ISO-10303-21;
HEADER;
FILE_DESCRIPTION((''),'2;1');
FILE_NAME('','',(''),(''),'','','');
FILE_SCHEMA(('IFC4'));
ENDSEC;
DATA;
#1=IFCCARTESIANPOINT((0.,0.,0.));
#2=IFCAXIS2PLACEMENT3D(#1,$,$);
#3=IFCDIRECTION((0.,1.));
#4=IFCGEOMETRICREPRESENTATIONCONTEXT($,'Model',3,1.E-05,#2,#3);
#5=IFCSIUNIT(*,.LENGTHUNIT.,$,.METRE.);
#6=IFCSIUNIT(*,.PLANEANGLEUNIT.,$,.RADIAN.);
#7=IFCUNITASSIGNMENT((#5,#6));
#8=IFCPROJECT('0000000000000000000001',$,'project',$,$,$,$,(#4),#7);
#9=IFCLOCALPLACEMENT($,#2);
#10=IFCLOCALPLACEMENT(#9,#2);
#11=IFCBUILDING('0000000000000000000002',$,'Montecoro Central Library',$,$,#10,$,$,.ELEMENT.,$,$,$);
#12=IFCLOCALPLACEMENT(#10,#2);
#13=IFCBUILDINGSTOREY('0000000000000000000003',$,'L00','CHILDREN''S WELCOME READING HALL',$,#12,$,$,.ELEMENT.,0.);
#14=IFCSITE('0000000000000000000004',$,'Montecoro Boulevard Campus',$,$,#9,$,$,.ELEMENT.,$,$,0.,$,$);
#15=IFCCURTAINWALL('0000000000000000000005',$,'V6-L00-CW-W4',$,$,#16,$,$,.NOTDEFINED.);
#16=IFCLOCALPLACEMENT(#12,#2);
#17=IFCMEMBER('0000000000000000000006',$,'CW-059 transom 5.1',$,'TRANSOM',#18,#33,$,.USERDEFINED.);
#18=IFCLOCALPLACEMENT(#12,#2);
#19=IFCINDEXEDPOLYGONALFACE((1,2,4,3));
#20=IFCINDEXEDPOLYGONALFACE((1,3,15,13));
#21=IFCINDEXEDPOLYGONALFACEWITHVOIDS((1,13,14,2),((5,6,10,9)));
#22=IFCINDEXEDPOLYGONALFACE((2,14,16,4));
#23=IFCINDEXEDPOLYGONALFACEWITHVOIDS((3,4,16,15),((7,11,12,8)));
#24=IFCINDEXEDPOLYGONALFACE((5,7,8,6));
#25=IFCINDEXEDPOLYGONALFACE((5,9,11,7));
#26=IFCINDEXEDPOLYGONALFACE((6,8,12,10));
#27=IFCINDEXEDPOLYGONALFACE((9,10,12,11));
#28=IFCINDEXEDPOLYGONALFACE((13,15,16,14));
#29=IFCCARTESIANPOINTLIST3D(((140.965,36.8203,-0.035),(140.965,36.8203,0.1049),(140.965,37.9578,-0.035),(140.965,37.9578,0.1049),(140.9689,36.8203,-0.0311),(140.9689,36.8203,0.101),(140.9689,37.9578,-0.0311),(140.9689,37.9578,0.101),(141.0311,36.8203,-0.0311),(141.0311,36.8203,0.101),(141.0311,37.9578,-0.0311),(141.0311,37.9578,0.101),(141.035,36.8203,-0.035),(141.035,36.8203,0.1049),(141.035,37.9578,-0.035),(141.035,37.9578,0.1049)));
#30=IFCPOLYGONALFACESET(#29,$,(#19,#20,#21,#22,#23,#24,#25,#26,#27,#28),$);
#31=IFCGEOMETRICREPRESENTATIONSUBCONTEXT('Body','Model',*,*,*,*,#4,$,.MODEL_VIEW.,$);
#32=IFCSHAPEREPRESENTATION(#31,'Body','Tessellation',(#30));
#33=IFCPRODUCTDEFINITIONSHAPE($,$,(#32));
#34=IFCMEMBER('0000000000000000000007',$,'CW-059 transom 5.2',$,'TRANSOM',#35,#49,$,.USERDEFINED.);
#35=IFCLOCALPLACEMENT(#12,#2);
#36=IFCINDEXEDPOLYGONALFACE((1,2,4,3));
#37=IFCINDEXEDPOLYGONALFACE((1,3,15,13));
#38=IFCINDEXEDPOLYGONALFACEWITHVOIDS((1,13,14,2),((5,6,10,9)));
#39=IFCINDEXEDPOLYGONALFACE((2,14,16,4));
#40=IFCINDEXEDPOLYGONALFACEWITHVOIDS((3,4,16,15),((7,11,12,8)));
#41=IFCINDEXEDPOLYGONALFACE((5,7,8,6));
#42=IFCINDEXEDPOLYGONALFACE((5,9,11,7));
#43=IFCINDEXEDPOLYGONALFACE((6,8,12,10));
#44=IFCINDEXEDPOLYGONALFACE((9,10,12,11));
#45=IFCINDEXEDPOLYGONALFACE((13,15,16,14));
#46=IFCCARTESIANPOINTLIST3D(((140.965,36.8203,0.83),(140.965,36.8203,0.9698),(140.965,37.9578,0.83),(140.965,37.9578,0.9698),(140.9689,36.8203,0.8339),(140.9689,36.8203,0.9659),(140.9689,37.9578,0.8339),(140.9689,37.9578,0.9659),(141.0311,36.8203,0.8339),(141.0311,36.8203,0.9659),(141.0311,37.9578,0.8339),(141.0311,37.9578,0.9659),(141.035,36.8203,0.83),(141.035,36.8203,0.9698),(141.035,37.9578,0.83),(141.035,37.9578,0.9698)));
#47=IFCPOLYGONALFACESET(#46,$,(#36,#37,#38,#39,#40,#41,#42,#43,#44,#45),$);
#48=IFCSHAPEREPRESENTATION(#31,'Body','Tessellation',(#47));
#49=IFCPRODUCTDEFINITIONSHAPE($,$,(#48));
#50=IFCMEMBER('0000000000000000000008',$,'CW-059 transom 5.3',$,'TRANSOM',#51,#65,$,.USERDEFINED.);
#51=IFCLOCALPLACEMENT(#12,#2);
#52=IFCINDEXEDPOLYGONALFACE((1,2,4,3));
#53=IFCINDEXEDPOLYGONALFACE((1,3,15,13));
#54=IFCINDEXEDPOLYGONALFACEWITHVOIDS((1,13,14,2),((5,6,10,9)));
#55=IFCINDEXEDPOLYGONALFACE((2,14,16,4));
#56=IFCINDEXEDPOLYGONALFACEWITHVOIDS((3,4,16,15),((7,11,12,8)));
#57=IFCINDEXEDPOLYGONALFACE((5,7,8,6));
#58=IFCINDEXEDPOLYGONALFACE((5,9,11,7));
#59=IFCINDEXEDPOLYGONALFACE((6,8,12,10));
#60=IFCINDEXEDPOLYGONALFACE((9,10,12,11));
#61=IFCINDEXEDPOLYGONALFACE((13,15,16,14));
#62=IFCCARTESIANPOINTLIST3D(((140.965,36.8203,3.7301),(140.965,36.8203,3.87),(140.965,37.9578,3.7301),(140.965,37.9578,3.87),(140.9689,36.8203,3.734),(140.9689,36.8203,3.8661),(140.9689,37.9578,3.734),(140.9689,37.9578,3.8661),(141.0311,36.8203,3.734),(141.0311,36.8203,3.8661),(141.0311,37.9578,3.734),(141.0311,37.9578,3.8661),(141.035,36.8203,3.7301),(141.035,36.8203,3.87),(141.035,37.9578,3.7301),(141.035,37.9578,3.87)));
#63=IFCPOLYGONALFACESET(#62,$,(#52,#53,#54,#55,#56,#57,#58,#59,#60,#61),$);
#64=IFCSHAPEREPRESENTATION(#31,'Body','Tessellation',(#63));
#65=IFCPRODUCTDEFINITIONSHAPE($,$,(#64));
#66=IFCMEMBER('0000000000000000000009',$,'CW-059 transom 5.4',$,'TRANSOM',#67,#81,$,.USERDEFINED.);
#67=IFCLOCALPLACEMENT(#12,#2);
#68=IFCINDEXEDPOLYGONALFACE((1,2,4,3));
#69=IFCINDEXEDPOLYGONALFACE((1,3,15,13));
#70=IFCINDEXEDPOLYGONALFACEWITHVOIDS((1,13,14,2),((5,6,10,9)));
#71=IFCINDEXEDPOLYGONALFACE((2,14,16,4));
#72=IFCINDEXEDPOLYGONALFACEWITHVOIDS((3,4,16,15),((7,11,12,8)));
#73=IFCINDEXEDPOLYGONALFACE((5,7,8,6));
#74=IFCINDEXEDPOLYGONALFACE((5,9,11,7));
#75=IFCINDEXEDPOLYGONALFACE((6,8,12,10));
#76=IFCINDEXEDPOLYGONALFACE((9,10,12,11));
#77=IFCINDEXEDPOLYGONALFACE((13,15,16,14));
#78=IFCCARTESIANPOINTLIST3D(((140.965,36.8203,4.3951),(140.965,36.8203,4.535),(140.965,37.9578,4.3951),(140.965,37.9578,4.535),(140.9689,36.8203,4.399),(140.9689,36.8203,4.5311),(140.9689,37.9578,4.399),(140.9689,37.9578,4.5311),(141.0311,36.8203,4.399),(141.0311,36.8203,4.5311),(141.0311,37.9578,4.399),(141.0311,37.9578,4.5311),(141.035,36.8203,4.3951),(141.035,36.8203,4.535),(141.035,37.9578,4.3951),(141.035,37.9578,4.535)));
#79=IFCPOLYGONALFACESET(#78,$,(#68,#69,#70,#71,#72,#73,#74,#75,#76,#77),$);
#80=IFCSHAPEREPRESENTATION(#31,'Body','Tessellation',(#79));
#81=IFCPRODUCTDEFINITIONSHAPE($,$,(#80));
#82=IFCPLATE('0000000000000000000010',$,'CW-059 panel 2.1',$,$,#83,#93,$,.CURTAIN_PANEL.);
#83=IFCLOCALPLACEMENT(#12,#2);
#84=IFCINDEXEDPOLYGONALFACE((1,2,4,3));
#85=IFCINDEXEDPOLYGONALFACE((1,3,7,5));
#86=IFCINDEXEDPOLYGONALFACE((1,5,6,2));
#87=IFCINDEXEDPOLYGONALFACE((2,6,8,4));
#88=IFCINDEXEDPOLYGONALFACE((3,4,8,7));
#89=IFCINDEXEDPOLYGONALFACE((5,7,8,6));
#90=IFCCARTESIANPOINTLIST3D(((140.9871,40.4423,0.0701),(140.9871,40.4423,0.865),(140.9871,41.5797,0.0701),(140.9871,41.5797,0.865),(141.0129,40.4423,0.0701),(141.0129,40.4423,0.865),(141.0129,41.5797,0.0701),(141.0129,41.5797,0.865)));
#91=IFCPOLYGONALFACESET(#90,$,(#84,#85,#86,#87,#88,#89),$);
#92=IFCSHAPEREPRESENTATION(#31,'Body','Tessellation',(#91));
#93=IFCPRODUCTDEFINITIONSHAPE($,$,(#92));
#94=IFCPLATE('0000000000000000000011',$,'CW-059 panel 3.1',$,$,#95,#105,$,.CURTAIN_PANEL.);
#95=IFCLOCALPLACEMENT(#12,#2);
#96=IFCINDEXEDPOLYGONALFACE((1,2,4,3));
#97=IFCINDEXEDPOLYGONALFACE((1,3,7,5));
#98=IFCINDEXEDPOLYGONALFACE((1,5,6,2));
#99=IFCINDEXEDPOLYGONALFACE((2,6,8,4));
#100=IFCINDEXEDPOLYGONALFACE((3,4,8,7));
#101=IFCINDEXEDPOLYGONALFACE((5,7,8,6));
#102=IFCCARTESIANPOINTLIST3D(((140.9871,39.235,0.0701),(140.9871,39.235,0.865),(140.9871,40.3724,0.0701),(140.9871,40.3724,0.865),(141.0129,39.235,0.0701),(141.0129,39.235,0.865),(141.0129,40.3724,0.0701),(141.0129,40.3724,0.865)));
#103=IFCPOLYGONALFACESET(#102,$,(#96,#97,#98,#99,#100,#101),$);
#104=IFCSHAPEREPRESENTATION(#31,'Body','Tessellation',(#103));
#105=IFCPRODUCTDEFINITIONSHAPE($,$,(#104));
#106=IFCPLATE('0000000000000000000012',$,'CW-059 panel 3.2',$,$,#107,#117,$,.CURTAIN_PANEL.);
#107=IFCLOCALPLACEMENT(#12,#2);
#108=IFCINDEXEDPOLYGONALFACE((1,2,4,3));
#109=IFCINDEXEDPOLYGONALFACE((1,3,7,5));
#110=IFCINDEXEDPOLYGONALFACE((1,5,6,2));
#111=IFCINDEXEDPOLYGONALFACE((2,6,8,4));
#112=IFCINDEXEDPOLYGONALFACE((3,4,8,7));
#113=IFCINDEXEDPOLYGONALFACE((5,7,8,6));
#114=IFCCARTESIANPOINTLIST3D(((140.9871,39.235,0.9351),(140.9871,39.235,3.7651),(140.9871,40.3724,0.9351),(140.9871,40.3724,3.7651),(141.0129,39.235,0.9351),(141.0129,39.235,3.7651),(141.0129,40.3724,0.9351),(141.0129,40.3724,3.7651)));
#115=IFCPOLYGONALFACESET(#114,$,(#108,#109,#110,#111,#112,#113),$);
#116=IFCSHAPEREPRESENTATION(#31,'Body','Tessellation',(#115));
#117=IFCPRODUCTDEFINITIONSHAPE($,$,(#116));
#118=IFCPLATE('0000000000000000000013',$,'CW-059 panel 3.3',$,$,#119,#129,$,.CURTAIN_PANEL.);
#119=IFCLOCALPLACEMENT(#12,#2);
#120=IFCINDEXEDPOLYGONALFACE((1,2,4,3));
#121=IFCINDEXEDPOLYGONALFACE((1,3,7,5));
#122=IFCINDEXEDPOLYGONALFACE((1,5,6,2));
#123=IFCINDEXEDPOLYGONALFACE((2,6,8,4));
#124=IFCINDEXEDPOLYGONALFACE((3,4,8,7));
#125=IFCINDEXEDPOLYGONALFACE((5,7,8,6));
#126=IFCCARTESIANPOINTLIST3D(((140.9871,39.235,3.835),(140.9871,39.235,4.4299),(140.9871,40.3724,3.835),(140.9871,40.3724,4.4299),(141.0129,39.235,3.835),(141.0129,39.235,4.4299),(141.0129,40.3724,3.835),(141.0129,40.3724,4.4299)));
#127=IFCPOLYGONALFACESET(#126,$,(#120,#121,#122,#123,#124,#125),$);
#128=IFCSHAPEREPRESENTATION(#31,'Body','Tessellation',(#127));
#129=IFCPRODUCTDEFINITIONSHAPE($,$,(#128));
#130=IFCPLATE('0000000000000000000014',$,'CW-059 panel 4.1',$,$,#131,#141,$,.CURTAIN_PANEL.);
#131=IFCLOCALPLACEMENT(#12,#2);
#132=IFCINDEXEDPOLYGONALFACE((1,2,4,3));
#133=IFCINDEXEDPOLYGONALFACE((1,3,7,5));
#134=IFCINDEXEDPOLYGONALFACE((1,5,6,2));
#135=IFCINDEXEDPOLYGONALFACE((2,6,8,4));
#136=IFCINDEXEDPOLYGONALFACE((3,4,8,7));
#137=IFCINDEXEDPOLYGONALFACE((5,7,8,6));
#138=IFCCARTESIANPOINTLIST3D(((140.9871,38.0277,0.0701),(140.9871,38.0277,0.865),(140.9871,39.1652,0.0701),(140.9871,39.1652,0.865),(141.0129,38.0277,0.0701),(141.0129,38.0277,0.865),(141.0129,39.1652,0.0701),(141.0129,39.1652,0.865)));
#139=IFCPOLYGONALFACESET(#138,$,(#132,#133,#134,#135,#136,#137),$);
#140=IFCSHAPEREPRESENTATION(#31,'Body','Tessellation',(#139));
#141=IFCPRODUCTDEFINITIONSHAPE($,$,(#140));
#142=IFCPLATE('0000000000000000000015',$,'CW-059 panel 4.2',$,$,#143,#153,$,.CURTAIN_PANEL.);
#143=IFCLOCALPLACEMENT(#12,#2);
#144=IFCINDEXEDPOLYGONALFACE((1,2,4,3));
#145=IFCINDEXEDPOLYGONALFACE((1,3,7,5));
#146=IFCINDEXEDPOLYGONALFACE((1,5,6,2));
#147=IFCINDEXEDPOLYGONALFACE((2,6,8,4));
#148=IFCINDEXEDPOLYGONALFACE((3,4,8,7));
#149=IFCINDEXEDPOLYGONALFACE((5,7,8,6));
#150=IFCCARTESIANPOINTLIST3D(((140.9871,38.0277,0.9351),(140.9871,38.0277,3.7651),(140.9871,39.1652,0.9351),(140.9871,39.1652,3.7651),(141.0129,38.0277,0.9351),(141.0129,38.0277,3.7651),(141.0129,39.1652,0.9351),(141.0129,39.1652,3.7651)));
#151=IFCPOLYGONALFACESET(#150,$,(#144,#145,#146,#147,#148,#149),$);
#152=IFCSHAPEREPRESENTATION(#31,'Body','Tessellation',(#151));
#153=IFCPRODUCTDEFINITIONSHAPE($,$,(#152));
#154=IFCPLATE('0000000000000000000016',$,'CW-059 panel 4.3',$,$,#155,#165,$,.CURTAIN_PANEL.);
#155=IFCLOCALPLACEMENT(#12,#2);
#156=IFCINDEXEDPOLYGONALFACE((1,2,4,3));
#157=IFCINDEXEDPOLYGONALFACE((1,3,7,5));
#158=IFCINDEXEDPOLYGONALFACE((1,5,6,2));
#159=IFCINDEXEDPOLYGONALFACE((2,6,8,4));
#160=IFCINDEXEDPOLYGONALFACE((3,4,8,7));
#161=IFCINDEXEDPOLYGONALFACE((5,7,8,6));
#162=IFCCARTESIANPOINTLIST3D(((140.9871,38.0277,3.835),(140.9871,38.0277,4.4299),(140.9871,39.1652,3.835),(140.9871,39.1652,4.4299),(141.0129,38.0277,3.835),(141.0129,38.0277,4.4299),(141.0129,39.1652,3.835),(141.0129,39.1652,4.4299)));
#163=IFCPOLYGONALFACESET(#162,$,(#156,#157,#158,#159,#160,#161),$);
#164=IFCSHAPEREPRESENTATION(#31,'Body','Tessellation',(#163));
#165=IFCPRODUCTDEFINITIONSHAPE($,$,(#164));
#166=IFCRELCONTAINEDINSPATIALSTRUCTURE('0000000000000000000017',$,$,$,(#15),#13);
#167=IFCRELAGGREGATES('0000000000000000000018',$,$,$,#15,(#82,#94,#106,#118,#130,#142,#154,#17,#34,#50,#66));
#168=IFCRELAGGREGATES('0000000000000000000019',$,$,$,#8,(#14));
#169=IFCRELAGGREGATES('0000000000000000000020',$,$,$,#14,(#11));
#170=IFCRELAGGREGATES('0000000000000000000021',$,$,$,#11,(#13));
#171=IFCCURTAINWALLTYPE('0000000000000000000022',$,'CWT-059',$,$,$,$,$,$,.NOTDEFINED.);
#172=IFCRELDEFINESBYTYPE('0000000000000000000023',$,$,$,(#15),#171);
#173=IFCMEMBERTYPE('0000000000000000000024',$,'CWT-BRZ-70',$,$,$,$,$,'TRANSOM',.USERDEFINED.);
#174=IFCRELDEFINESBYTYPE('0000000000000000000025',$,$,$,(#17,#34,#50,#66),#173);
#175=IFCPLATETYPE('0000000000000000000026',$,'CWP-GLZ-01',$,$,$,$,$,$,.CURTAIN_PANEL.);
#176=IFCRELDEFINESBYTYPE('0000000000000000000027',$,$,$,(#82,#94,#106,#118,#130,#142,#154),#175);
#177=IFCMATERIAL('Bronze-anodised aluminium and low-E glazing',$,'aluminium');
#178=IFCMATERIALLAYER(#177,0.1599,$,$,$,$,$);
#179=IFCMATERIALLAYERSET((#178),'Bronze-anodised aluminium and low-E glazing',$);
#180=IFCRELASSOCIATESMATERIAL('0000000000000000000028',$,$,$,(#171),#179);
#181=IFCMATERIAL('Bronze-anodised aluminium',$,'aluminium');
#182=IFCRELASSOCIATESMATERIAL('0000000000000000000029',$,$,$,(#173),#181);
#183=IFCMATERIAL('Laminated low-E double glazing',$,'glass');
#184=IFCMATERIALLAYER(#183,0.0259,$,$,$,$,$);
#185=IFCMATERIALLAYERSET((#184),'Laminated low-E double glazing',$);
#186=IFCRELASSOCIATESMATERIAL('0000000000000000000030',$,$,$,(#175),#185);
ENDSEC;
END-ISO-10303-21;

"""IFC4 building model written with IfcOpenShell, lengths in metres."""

from ifc_helpers import new_model, si_unit, direction, frame, origin, origin_2d, place, context, subcontext, project, spatial, rectangle, hollow_rectangle, extrude, material, layer, layer_set, material_profile, profile_set, type_object, element, aggregate, save


model = new_model("IFC4")

# Units and contexts
model_context = context("Model", 3, precision=1e-05, world=origin(), true_north=direction((0.0, 1.0)))
body_context = subcontext(model_context, "Body", "Model", "MODEL_VIEW")
ifc_project = project(units=[si_unit("LENGTHUNIT", "METRE"), si_unit("PLANEANGLEUNIT", "RADIAN")], contexts=[model_context])

# Site, building, storey
site_placement = place(None, origin())
site = spatial("IfcSite", under=ifc_project, at=site_placement, Name="Montecoro Boulevard Campus", CompositionType="ELEMENT", RefElevation=0.0)
building_placement = place(site_placement, origin())
building = spatial("IfcBuilding", under=site, at=building_placement, Name="Montecoro Central Library", CompositionType="ELEMENT")
storey_placement = place(building_placement, origin())
storey = spatial("IfcBuildingStorey", under=building, at=storey_placement, Name="L00", Description="CHILDREN'S WELCOME READING HALL", CompositionType="ELEMENT", Elevation=0.0)

# Curtain wall, members, plates
ifc_material_1 = material(Name="Bronze-anodised aluminium and low-E glazing", Category="aluminium")
ifc_layer_1 = layer(ifc_material_1, 0.1599)
ifc_layer_set_1 = layer_set([ifc_layer_1], Name="Bronze-anodised aluminium and low-E glazing")
curtain_wall_type = type_object("IfcCurtainWallType", Name="CWT-059", PredefinedType="NOTDEFINED", material=ifc_layer_set_1)
curtain_wall_placement = place(storey_placement, origin())
curtain_wall = element("IfcCurtainWall", 1, at=curtain_wall_placement, inside=storey, type_object=curtain_wall_type, Name="V6-L00-CW-W4", PredefinedType="NOTDEFINED")
ifc_material_2 = material(Name="Bronze-anodised aluminium", Category="aluminium")
ifc_material_profile_1 = material_profile(ifc_material_2, hollow_rectangle(XDim=0.0701, YDim=0.1399, WallThickness=0.0039, at=origin_2d()), Name="CWT 140x70x4.0")
ifc_profile_set_1 = profile_set([ifc_material_profile_1], Name="Bronze-anodised aluminium")
member_type_1 = type_object("IfcMemberType", Name="CWT-BRZ-70", ElementType="TRANSOM", PredefinedType="USERDEFINED", material=ifc_profile_set_1)
member_1_placement = place(storey_placement, frame((141.0, 37.9578, 0.0349), z_axis=(0.0, -1.0, 0.0), x_axis=(1.0, 0.0, 0.0)))
member_1 = element("IfcMember", 2, at=member_1_placement, type_object=member_type_1, Name="CW-059 transom 5.1", ObjectType="TRANSOM", PredefinedType="USERDEFINED", context=body_context, shape_type="SweptSolid", body=[
    extrude(hollow_rectangle(XDim=0.0701, YDim=0.1399, WallThickness=0.0039, at=origin_2d()), origin(), (0.0, 0.0, 1.0), 1.1375),
])
member_2_placement = place(storey_placement, frame((141.0, 37.9578, 0.8999), z_axis=(0.0, -1.0, 0.0), x_axis=(1.0, 0.0, 0.0)))
member_2 = element("IfcMember", 3, at=member_2_placement, type_object=member_type_1, Name="CW-059 transom 5.2", ObjectType="TRANSOM", PredefinedType="USERDEFINED", context=body_context, shape_type="SweptSolid", body=[
    extrude(hollow_rectangle(XDim=0.0701, YDim=0.1399, WallThickness=0.0039, at=origin_2d()), origin(), (0.0, 0.0, 1.0), 1.1375),
])
member_3_placement = place(storey_placement, frame((141.0, 37.9578, 3.8), z_axis=(0.0, -1.0, 0.0), x_axis=(1.0, 0.0, 0.0)))
member_3 = element("IfcMember", 4, at=member_3_placement, type_object=member_type_1, Name="CW-059 transom 5.3", ObjectType="TRANSOM", PredefinedType="USERDEFINED", context=body_context, shape_type="SweptSolid", body=[
    extrude(hollow_rectangle(XDim=0.0701, YDim=0.1399, WallThickness=0.0039, at=origin_2d()), origin(), (0.0, 0.0, 1.0), 1.1375),
])
member_4_placement = place(storey_placement, frame((141.0, 37.9578, 4.4651), z_axis=(0.0, -1.0, 0.0), x_axis=(1.0, 0.0, 0.0)))
member_4 = element("IfcMember", 5, at=member_4_placement, type_object=member_type_1, Name="CW-059 transom 5.4", ObjectType="TRANSOM", PredefinedType="USERDEFINED", context=body_context, shape_type="SweptSolid", body=[
    extrude(hollow_rectangle(XDim=0.0701, YDim=0.1399, WallThickness=0.0039, at=origin_2d()), origin(), (0.0, 0.0, 1.0), 1.1375),
])
ifc_material_3 = material(Name="Laminated low-E double glazing", Category="glass")
ifc_layer_2 = layer(ifc_material_3, 0.0259)
ifc_layer_set_2 = layer_set([ifc_layer_2], Name="Laminated low-E double glazing")
plate_type = type_object("IfcPlateType", Name="CWP-GLZ-01", PredefinedType="CURTAIN_PANEL", material=ifc_layer_set_2)
plate_1_placement = place(storey_placement, frame((141.0, 41.011, 0.0701), z_axis=(0.0, 0.0, 1.0), x_axis=(0.0, -1.0, 0.0)))
plate_1 = element("IfcPlate", 6, at=plate_1_placement, type_object=plate_type, Name="CW-059 panel 2.1", PredefinedType="CURTAIN_PANEL", context=body_context, shape_type="SweptSolid", body=[
    extrude(rectangle(XDim=1.1375, YDim=0.0259, at=origin_2d()), origin(), (0.0, 0.0, 1.0), 0.7949),
])
plate_2_placement = place(storey_placement, frame((141.0, 39.8037, 0.0701), z_axis=(0.0, 0.0, 1.0), x_axis=(0.0, -1.0, 0.0)))
plate_2 = element("IfcPlate", 7, at=plate_2_placement, type_object=plate_type, Name="CW-059 panel 3.1", PredefinedType="CURTAIN_PANEL", context=body_context, shape_type="SweptSolid", body=[
    extrude(rectangle(XDim=1.1375, YDim=0.0259, at=origin_2d()), origin(), (0.0, 0.0, 1.0), 0.7949),
])
plate_3_placement = place(storey_placement, frame((141.0, 39.8037, 0.9351), z_axis=(0.0, 0.0, 1.0), x_axis=(0.0, -1.0, 0.0)))
plate_3 = element("IfcPlate", 8, at=plate_3_placement, type_object=plate_type, Name="CW-059 panel 3.2", PredefinedType="CURTAIN_PANEL", context=body_context, shape_type="SweptSolid", body=[
    extrude(rectangle(XDim=1.1375, YDim=0.0259, at=origin_2d()), origin(), (0.0, 0.0, 1.0), 2.8301),
])
plate_4_placement = place(storey_placement, frame((141.0, 39.8037, 3.835), z_axis=(0.0, 0.0, 1.0), x_axis=(0.0, -1.0, 0.0)))
plate_4 = element("IfcPlate", 9, at=plate_4_placement, type_object=plate_type, Name="CW-059 panel 3.3", PredefinedType="CURTAIN_PANEL", context=body_context, shape_type="SweptSolid", body=[
    extrude(rectangle(XDim=1.1375, YDim=0.0259, at=origin_2d()), origin(), (0.0, 0.0, 1.0), 0.595),
])
plate_5_placement = place(storey_placement, frame((141.0, 38.5964, 0.0701), z_axis=(0.0, 0.0, 1.0), x_axis=(0.0, -1.0, 0.0)))
plate_5 = element("IfcPlate", 10, at=plate_5_placement, type_object=plate_type, Name="CW-059 panel 4.1", PredefinedType="CURTAIN_PANEL", context=body_context, shape_type="SweptSolid", body=[
    extrude(rectangle(XDim=1.1375, YDim=0.0259, at=origin_2d()), origin(), (0.0, 0.0, 1.0), 0.7949),
])
plate_6_placement = place(storey_placement, frame((141.0, 38.5964, 0.9351), z_axis=(0.0, 0.0, 1.0), x_axis=(0.0, -1.0, 0.0)))
plate_6 = element("IfcPlate", 11, at=plate_6_placement, type_object=plate_type, Name="CW-059 panel 4.2", PredefinedType="CURTAIN_PANEL", context=body_context, shape_type="SweptSolid", body=[
    extrude(rectangle(XDim=1.1375, YDim=0.0259, at=origin_2d()), origin(), (0.0, 0.0, 1.0), 2.8301),
])
plate_7_placement = place(storey_placement, frame((141.0, 38.5964, 3.835), z_axis=(0.0, 0.0, 1.0), x_axis=(0.0, -1.0, 0.0)))
plate_7 = element("IfcPlate", 12, at=plate_7_placement, type_object=plate_type, Name="CW-059 panel 4.3", PredefinedType="CURTAIN_PANEL", context=body_context, shape_type="SweptSolid", body=[
    extrude(rectangle(XDim=1.1375, YDim=0.0259, at=origin_2d()), origin(), (0.0, 0.0, 1.0), 0.595),
])
aggregate(curtain_wall, [plate_1, plate_2, plate_3, plate_4, plate_5, plate_6, plate_7, member_1, member_2, member_3, member_4])

save(model, "model.ifc")
